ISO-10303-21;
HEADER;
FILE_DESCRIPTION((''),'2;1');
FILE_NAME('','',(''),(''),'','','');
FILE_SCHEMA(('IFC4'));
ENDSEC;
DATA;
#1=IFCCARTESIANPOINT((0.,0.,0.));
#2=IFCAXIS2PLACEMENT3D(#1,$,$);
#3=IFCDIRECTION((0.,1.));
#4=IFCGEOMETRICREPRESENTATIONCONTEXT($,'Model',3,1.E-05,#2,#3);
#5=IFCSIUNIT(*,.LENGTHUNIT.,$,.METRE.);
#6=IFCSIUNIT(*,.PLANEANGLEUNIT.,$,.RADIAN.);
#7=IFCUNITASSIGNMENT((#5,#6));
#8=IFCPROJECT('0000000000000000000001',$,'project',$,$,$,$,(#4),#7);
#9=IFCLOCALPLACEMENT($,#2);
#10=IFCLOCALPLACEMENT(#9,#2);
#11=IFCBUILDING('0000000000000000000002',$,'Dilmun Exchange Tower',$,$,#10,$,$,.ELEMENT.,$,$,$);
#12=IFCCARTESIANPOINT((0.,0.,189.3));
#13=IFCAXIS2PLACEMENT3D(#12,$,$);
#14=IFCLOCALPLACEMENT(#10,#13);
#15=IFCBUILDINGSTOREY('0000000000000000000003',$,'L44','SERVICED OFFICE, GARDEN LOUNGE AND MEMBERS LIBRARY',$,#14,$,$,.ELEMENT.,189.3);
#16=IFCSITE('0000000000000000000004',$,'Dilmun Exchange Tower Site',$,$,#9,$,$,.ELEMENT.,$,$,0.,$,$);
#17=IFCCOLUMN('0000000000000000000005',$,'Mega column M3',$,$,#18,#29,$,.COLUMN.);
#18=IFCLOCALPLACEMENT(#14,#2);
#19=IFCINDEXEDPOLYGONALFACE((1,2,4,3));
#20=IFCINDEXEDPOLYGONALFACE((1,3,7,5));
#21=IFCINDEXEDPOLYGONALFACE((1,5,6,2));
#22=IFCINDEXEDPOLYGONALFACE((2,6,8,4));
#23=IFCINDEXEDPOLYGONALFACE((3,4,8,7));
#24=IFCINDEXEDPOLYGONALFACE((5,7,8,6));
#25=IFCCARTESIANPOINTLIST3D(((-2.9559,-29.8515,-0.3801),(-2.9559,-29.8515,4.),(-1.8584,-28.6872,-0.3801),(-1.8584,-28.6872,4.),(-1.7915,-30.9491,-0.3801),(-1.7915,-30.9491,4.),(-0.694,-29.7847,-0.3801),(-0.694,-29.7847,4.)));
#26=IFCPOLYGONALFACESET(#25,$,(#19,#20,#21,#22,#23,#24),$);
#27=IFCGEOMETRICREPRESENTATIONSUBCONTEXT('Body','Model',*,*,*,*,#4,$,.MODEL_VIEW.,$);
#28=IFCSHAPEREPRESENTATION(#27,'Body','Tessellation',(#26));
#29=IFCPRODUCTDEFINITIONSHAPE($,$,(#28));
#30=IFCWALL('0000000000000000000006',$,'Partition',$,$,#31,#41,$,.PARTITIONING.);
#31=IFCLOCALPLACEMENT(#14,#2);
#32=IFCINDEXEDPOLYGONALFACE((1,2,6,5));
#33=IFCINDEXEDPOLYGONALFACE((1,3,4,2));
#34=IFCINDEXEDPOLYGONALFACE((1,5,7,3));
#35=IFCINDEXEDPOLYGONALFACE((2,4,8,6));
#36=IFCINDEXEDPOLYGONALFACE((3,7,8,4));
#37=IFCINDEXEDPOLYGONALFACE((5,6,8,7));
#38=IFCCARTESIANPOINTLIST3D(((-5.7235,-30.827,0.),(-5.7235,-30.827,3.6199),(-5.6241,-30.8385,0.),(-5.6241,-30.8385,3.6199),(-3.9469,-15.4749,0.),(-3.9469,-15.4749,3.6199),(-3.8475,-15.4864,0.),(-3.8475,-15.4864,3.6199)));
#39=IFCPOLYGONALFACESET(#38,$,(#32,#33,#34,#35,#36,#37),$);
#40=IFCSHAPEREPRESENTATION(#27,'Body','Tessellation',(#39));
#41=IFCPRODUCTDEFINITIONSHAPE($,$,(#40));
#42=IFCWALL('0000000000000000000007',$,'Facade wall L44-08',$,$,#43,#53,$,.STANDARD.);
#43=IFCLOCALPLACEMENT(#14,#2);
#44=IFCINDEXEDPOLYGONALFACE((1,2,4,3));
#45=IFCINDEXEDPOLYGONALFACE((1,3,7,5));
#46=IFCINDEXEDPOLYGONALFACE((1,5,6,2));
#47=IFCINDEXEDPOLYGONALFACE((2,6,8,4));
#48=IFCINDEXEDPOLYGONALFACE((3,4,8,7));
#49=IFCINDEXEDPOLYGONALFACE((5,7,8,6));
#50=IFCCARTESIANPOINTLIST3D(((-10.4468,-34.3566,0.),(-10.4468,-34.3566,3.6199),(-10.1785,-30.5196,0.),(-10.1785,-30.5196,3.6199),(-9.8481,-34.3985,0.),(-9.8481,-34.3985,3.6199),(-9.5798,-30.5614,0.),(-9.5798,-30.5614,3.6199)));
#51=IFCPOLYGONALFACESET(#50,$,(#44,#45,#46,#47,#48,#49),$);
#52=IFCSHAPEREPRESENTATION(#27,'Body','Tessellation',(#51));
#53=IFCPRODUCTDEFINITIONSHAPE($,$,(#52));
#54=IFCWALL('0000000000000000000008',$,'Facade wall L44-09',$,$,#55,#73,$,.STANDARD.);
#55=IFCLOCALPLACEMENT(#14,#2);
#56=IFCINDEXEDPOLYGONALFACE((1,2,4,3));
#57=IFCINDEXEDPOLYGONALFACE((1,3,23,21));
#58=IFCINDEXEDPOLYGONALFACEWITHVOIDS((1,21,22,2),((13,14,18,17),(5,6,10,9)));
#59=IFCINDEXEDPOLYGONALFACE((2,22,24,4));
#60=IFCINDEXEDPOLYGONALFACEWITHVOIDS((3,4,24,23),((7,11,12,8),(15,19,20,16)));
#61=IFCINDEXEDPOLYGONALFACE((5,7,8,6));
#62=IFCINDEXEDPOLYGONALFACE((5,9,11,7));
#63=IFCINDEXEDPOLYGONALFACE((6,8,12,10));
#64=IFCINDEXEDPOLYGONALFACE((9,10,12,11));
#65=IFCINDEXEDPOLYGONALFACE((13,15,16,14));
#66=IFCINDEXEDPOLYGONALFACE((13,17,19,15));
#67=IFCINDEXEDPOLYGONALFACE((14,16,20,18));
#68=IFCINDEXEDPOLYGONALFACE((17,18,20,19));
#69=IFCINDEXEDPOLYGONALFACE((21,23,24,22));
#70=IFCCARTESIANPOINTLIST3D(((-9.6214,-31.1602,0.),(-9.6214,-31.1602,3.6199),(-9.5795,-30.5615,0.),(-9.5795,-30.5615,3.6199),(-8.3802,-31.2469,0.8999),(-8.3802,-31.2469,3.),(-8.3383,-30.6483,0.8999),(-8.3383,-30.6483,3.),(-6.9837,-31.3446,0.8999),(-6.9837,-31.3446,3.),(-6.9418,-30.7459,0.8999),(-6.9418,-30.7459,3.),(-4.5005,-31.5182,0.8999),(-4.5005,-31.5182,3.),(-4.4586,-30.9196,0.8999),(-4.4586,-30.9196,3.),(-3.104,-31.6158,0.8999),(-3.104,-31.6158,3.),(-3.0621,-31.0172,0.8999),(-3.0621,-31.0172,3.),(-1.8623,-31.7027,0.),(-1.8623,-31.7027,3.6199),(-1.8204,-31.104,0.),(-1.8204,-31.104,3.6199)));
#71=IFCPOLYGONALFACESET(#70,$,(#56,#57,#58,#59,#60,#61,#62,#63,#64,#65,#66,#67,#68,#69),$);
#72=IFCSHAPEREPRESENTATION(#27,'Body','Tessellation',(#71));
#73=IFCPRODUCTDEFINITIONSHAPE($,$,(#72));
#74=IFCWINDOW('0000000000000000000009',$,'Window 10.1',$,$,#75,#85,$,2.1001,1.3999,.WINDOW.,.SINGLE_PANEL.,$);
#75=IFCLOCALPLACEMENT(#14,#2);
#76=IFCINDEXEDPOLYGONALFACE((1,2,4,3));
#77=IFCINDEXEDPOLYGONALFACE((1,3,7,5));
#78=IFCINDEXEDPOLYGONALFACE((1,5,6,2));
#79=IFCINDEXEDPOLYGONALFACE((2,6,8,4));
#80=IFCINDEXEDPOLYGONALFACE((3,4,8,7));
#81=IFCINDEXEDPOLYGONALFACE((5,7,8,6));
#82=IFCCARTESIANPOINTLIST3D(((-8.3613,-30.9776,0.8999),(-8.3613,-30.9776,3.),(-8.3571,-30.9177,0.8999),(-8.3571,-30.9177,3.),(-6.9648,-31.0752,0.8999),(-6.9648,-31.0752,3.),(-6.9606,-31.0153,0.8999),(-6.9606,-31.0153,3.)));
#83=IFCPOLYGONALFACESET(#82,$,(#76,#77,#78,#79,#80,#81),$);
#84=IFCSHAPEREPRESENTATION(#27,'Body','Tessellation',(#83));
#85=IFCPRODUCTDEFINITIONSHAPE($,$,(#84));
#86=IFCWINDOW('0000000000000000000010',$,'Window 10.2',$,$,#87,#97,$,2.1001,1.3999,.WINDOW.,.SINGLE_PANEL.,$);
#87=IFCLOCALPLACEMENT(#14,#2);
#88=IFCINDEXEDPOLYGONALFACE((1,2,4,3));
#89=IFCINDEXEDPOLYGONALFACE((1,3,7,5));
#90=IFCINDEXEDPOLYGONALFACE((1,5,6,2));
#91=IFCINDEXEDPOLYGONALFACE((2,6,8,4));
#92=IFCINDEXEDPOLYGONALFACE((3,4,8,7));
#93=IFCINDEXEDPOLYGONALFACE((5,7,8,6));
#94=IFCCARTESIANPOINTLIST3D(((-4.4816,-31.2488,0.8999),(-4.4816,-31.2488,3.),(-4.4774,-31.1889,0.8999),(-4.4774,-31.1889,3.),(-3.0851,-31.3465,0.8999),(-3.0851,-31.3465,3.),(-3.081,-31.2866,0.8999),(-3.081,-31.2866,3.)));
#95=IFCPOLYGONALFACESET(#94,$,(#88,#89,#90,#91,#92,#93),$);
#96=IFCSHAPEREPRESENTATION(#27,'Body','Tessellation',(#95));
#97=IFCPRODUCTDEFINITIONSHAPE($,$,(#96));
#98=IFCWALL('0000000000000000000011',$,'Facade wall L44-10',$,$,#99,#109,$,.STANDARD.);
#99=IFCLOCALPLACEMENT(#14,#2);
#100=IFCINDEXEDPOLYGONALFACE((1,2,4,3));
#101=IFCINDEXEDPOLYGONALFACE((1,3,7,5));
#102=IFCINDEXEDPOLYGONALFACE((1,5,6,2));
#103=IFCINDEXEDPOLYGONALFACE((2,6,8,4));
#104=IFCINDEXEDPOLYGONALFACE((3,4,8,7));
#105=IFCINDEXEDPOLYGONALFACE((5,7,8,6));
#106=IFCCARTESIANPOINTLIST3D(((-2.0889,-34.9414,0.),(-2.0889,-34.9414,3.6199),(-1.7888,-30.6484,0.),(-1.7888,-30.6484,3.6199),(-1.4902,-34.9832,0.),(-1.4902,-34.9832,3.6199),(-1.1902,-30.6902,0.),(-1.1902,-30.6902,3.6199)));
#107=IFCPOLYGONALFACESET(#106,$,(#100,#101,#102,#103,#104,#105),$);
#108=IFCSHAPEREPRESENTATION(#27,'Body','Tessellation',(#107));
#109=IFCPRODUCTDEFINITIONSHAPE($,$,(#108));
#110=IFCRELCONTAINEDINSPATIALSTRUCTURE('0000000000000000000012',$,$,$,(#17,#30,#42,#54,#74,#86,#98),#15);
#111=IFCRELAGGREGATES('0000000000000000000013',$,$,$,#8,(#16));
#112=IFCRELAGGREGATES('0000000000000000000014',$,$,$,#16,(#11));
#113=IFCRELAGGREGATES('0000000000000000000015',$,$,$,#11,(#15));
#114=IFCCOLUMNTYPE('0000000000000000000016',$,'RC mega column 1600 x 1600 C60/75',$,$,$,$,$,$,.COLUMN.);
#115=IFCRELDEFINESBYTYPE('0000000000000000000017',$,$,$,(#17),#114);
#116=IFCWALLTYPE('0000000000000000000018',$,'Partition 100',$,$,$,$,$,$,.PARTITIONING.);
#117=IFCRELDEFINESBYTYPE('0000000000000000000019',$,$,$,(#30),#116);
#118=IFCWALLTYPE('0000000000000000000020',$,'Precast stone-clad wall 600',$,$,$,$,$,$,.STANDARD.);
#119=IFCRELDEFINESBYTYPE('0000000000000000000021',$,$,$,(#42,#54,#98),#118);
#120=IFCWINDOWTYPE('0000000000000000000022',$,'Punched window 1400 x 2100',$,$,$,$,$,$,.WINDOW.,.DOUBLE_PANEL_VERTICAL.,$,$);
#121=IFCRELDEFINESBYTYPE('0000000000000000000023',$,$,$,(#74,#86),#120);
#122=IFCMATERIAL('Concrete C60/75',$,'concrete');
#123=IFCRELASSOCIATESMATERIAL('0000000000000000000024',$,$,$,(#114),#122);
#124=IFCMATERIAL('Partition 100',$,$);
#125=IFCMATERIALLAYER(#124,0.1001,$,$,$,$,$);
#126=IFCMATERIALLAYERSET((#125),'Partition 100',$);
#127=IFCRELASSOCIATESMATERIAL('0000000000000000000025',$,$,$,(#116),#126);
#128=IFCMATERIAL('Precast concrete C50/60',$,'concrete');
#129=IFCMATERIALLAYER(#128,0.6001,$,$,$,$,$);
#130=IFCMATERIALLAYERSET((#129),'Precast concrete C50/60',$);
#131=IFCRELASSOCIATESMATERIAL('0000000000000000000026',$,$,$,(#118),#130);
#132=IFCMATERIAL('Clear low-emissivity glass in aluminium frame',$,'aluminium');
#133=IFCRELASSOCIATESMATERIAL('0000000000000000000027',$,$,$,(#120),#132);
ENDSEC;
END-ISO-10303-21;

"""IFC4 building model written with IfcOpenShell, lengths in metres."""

from ifc_helpers import new_model, si_unit, direction, frame, frame_2d, origin, origin_2d, place, context, subcontext, project, spatial, rectangle, extrude, material, layer, layer_set, material_profile, profile_set, type_object, element, fill, save


model = new_model("IFC4")

# Units and contexts
model_context = context("Model", 3, precision=1e-05, world=origin(), true_north=direction((0.0, 1.0)))
body_context = subcontext(model_context, "Body", "Model", "MODEL_VIEW")
ifc_project = project(units=[si_unit("LENGTHUNIT", "METRE"), si_unit("PLANEANGLEUNIT", "RADIAN")], contexts=[model_context])

# Site, building, storey
site_placement = place(None, origin())
site = spatial("IfcSite", under=ifc_project, at=site_placement, Name="Dilmun Exchange Tower Site", CompositionType="ELEMENT", RefElevation=0.0)
building_placement = place(site_placement, origin())
building = spatial("IfcBuilding", under=site, at=building_placement, Name="Dilmun Exchange Tower", CompositionType="ELEMENT")
storey_placement = place(building_placement, frame((0.0, 0.0, 189.3)))
storey = spatial("IfcBuildingStorey", under=building, at=storey_placement, Name="L44", Description="SERVICED OFFICE, GARDEN LOUNGE AND MEMBERS LIBRARY", CompositionType="ELEMENT", Elevation=189.3)

# Column
ifc_material_1 = material(Name="Concrete C60/75", Category="concrete")
ifc_material_profile = material_profile(ifc_material_1, rectangle(XDim=1.6001, YDim=1.6001, at=origin_2d()), Name="1600 x 1600")
ifc_profile_set = profile_set([ifc_material_profile], Name="Concrete C60/75")
column_type = type_object("IfcColumnType", Name="RC mega column 1600 x 1600 C60/75", PredefinedType="COLUMN", material=ifc_profile_set)
column_placement = place(storey_placement, frame((-1.825, -29.8181, -0.3801), z_axis=(0.0, 0.0, 1.0), x_axis=(0.685916, 0.727681, 0.0)))
element("IfcColumn", 1, at=column_placement, inside=storey, type_object=column_type, Name="Mega column M3", PredefinedType="COLUMN", context=body_context, shape_type="SweptSolid", body=[
    extrude(rectangle(XDim=1.6001, YDim=1.6001, at=origin_2d()), origin(), (0.0, 0.0, 1.0), 4.3801),
])

# Walls
ifc_material_2 = material(Name="Partition 100")
ifc_layer_1 = layer(ifc_material_2, 0.1001)
ifc_layer_set_1 = layer_set([ifc_layer_1], Name="Partition 100")
wall_type_1 = type_object("IfcWallType", Name="Partition 100", PredefinedType="PARTITIONING", material=ifc_layer_set_1)
wall_1_placement = place(storey_placement, frame((-5.6738, -30.8328, 0.0), z_axis=(0.0, 0.0, 1.0), x_axis=(0.114957, 0.99337, 0.0)))
element("IfcWall", 2, at=wall_1_placement, inside=storey, type_object=wall_type_1, Name="Partition", PredefinedType="PARTITIONING", context=body_context, shape_type="SweptSolid", body=[
    extrude(rectangle(XDim=15.4546, YDim=0.1001, at=frame_2d((7.7273, 0.0))), origin(), (0.0, 0.0, 1.0), 3.6199),
])
ifc_material_3 = material(Name="Precast concrete C50/60", Category="concrete")
ifc_layer_2 = layer(ifc_material_3, 0.6001)
ifc_layer_set_2 = layer_set([ifc_layer_2], Name="Precast concrete C50/60")
wall_type_2 = type_object("IfcWallType", Name="Precast stone-clad wall 600", PredefinedType="STANDARD", material=ifc_layer_set_2)
wall_2_placement = place(storey_placement, frame((-10.1475, -34.3777, 0.0), z_axis=(0.0, 0.0, 1.0), x_axis=(0.069754, 0.997564, 0.0)))
element("IfcWall", 3, at=wall_2_placement, inside=storey, type_object=wall_type_2, Name="Facade wall L44-08", PredefinedType="STANDARD", context=body_context, shape_type="SweptSolid", body=[
    extrude(rectangle(XDim=3.8464, YDim=0.6001, at=frame_2d((1.9233, 0.0))), origin(), (0.0, 0.0, 1.0), 3.6199),
])

# Wall, openings, windows
wall_3_placement = place(storey_placement, frame((-9.6006, -30.8608, 0.0), z_axis=(0.0, 0.0, 1.0), x_axis=(0.997565, -0.069746, 0.0)))
wall_3 = element("IfcWall", 4, at=wall_3_placement, inside=storey, type_object=wall_type_2, Name="Facade wall L44-09", PredefinedType="STANDARD", context=body_context, shape_type="SweptSolid", body=[
    extrude(rectangle(XDim=7.7781, YDim=0.6001, at=frame_2d((3.8892, 0.0))), origin(), (0.0, 0.0, 1.0), 3.6199),
])
opening_1_placement = place(wall_3_placement, frame((1.2444, 0.0, 0.8999)))
opening_1 = element("IfcOpeningElement", 5, at=opening_1_placement, cuts=wall_3, PredefinedType="OPENING", context=body_context, shape_type="SweptSolid", body=[
    extrude(rectangle(XDim=1.3999, YDim=2.1001, at=frame_2d((0.7, 1.05))), frame((0.0, 0.3101, 0.0), z_axis=(0.0, -1.0, 0.0), x_axis=(1.0, 0.0, 0.0)), (0.0, 0.0, 1.0), 0.6201),
])
opening_2_placement = place(wall_3_placement, frame((5.1335, 0.0, 0.8999)))
opening_2 = element("IfcOpeningElement", 6, at=opening_2_placement, cuts=wall_3, PredefinedType="OPENING", context=body_context, shape_type="SweptSolid", body=[
    extrude(rectangle(XDim=1.3999, YDim=2.1001, at=frame_2d((0.7, 1.05))), frame((0.0, 0.3101, 0.0), z_axis=(0.0, -1.0, 0.0), x_axis=(1.0, 0.0, 0.0)), (0.0, 0.0, 1.0), 0.6201),
])
ifc_material_4 = material(Name="Clear low-emissivity glass in aluminium frame", Category="aluminium")
window_type_1 = type_object("IfcWindowType", Name="Punched window 1400 x 2100", PartitioningType="DOUBLE_PANEL_VERTICAL", PredefinedType="WINDOW", material=ifc_material_4)
window_1_placement = place(opening_1_placement, origin())
window_1 = element("IfcWindow", 7, at=window_1_placement, inside=storey, type_object=window_type_1, Name="Window 10.1", OverallHeight=2.1001, OverallWidth=1.3999, PartitioningType="SINGLE_PANEL", PredefinedType="WINDOW", context=body_context, shape_type="SweptSolid", body=[
    extrude(rectangle(XDim=1.3999, YDim=2.1001, at=frame_2d((0.7, 1.05))), frame((0.0, 0.03, 0.0), z_axis=(0.0, -1.0, 0.0), x_axis=(1.0, 0.0, 0.0)), (0.0, 0.0, 1.0), 0.0601),
])
fill(opening_1, window_1)
window_2_placement = place(opening_2_placement, origin())
window_2 = element("IfcWindow", 8, at=window_2_placement, inside=storey, type_object=window_type_1, Name="Window 10.2", OverallHeight=2.1001, OverallWidth=1.3999, PartitioningType="SINGLE_PANEL", PredefinedType="WINDOW", context=body_context, shape_type="SweptSolid", body=[
    extrude(rectangle(XDim=1.3999, YDim=2.1001, at=frame_2d((0.7, 1.05))), frame((0.0, 0.03, 0.0), z_axis=(0.0, -1.0, 0.0), x_axis=(1.0, 0.0, 0.0)), (0.0, 0.0, 1.0), 0.0601),
])
fill(opening_2, window_2)

# Wall
wall_4_placement = place(storey_placement, frame((-1.4895, -30.6692, 0.0), z_axis=(0.0, 0.0, 1.0), x_axis=(-0.069723, -0.997566, 0.0)))
element("IfcWall", 9, at=wall_4_placement, inside=storey, type_object=wall_type_2, Name="Facade wall L44-10", PredefinedType="STANDARD", context=body_context, shape_type="SweptSolid", body=[
    extrude(rectangle(XDim=4.3035, YDim=0.6001, at=frame_2d((2.1519, 0.0))), origin(), (0.0, 0.0, 1.0), 3.6199),
])

save(model, "model.ifc")
